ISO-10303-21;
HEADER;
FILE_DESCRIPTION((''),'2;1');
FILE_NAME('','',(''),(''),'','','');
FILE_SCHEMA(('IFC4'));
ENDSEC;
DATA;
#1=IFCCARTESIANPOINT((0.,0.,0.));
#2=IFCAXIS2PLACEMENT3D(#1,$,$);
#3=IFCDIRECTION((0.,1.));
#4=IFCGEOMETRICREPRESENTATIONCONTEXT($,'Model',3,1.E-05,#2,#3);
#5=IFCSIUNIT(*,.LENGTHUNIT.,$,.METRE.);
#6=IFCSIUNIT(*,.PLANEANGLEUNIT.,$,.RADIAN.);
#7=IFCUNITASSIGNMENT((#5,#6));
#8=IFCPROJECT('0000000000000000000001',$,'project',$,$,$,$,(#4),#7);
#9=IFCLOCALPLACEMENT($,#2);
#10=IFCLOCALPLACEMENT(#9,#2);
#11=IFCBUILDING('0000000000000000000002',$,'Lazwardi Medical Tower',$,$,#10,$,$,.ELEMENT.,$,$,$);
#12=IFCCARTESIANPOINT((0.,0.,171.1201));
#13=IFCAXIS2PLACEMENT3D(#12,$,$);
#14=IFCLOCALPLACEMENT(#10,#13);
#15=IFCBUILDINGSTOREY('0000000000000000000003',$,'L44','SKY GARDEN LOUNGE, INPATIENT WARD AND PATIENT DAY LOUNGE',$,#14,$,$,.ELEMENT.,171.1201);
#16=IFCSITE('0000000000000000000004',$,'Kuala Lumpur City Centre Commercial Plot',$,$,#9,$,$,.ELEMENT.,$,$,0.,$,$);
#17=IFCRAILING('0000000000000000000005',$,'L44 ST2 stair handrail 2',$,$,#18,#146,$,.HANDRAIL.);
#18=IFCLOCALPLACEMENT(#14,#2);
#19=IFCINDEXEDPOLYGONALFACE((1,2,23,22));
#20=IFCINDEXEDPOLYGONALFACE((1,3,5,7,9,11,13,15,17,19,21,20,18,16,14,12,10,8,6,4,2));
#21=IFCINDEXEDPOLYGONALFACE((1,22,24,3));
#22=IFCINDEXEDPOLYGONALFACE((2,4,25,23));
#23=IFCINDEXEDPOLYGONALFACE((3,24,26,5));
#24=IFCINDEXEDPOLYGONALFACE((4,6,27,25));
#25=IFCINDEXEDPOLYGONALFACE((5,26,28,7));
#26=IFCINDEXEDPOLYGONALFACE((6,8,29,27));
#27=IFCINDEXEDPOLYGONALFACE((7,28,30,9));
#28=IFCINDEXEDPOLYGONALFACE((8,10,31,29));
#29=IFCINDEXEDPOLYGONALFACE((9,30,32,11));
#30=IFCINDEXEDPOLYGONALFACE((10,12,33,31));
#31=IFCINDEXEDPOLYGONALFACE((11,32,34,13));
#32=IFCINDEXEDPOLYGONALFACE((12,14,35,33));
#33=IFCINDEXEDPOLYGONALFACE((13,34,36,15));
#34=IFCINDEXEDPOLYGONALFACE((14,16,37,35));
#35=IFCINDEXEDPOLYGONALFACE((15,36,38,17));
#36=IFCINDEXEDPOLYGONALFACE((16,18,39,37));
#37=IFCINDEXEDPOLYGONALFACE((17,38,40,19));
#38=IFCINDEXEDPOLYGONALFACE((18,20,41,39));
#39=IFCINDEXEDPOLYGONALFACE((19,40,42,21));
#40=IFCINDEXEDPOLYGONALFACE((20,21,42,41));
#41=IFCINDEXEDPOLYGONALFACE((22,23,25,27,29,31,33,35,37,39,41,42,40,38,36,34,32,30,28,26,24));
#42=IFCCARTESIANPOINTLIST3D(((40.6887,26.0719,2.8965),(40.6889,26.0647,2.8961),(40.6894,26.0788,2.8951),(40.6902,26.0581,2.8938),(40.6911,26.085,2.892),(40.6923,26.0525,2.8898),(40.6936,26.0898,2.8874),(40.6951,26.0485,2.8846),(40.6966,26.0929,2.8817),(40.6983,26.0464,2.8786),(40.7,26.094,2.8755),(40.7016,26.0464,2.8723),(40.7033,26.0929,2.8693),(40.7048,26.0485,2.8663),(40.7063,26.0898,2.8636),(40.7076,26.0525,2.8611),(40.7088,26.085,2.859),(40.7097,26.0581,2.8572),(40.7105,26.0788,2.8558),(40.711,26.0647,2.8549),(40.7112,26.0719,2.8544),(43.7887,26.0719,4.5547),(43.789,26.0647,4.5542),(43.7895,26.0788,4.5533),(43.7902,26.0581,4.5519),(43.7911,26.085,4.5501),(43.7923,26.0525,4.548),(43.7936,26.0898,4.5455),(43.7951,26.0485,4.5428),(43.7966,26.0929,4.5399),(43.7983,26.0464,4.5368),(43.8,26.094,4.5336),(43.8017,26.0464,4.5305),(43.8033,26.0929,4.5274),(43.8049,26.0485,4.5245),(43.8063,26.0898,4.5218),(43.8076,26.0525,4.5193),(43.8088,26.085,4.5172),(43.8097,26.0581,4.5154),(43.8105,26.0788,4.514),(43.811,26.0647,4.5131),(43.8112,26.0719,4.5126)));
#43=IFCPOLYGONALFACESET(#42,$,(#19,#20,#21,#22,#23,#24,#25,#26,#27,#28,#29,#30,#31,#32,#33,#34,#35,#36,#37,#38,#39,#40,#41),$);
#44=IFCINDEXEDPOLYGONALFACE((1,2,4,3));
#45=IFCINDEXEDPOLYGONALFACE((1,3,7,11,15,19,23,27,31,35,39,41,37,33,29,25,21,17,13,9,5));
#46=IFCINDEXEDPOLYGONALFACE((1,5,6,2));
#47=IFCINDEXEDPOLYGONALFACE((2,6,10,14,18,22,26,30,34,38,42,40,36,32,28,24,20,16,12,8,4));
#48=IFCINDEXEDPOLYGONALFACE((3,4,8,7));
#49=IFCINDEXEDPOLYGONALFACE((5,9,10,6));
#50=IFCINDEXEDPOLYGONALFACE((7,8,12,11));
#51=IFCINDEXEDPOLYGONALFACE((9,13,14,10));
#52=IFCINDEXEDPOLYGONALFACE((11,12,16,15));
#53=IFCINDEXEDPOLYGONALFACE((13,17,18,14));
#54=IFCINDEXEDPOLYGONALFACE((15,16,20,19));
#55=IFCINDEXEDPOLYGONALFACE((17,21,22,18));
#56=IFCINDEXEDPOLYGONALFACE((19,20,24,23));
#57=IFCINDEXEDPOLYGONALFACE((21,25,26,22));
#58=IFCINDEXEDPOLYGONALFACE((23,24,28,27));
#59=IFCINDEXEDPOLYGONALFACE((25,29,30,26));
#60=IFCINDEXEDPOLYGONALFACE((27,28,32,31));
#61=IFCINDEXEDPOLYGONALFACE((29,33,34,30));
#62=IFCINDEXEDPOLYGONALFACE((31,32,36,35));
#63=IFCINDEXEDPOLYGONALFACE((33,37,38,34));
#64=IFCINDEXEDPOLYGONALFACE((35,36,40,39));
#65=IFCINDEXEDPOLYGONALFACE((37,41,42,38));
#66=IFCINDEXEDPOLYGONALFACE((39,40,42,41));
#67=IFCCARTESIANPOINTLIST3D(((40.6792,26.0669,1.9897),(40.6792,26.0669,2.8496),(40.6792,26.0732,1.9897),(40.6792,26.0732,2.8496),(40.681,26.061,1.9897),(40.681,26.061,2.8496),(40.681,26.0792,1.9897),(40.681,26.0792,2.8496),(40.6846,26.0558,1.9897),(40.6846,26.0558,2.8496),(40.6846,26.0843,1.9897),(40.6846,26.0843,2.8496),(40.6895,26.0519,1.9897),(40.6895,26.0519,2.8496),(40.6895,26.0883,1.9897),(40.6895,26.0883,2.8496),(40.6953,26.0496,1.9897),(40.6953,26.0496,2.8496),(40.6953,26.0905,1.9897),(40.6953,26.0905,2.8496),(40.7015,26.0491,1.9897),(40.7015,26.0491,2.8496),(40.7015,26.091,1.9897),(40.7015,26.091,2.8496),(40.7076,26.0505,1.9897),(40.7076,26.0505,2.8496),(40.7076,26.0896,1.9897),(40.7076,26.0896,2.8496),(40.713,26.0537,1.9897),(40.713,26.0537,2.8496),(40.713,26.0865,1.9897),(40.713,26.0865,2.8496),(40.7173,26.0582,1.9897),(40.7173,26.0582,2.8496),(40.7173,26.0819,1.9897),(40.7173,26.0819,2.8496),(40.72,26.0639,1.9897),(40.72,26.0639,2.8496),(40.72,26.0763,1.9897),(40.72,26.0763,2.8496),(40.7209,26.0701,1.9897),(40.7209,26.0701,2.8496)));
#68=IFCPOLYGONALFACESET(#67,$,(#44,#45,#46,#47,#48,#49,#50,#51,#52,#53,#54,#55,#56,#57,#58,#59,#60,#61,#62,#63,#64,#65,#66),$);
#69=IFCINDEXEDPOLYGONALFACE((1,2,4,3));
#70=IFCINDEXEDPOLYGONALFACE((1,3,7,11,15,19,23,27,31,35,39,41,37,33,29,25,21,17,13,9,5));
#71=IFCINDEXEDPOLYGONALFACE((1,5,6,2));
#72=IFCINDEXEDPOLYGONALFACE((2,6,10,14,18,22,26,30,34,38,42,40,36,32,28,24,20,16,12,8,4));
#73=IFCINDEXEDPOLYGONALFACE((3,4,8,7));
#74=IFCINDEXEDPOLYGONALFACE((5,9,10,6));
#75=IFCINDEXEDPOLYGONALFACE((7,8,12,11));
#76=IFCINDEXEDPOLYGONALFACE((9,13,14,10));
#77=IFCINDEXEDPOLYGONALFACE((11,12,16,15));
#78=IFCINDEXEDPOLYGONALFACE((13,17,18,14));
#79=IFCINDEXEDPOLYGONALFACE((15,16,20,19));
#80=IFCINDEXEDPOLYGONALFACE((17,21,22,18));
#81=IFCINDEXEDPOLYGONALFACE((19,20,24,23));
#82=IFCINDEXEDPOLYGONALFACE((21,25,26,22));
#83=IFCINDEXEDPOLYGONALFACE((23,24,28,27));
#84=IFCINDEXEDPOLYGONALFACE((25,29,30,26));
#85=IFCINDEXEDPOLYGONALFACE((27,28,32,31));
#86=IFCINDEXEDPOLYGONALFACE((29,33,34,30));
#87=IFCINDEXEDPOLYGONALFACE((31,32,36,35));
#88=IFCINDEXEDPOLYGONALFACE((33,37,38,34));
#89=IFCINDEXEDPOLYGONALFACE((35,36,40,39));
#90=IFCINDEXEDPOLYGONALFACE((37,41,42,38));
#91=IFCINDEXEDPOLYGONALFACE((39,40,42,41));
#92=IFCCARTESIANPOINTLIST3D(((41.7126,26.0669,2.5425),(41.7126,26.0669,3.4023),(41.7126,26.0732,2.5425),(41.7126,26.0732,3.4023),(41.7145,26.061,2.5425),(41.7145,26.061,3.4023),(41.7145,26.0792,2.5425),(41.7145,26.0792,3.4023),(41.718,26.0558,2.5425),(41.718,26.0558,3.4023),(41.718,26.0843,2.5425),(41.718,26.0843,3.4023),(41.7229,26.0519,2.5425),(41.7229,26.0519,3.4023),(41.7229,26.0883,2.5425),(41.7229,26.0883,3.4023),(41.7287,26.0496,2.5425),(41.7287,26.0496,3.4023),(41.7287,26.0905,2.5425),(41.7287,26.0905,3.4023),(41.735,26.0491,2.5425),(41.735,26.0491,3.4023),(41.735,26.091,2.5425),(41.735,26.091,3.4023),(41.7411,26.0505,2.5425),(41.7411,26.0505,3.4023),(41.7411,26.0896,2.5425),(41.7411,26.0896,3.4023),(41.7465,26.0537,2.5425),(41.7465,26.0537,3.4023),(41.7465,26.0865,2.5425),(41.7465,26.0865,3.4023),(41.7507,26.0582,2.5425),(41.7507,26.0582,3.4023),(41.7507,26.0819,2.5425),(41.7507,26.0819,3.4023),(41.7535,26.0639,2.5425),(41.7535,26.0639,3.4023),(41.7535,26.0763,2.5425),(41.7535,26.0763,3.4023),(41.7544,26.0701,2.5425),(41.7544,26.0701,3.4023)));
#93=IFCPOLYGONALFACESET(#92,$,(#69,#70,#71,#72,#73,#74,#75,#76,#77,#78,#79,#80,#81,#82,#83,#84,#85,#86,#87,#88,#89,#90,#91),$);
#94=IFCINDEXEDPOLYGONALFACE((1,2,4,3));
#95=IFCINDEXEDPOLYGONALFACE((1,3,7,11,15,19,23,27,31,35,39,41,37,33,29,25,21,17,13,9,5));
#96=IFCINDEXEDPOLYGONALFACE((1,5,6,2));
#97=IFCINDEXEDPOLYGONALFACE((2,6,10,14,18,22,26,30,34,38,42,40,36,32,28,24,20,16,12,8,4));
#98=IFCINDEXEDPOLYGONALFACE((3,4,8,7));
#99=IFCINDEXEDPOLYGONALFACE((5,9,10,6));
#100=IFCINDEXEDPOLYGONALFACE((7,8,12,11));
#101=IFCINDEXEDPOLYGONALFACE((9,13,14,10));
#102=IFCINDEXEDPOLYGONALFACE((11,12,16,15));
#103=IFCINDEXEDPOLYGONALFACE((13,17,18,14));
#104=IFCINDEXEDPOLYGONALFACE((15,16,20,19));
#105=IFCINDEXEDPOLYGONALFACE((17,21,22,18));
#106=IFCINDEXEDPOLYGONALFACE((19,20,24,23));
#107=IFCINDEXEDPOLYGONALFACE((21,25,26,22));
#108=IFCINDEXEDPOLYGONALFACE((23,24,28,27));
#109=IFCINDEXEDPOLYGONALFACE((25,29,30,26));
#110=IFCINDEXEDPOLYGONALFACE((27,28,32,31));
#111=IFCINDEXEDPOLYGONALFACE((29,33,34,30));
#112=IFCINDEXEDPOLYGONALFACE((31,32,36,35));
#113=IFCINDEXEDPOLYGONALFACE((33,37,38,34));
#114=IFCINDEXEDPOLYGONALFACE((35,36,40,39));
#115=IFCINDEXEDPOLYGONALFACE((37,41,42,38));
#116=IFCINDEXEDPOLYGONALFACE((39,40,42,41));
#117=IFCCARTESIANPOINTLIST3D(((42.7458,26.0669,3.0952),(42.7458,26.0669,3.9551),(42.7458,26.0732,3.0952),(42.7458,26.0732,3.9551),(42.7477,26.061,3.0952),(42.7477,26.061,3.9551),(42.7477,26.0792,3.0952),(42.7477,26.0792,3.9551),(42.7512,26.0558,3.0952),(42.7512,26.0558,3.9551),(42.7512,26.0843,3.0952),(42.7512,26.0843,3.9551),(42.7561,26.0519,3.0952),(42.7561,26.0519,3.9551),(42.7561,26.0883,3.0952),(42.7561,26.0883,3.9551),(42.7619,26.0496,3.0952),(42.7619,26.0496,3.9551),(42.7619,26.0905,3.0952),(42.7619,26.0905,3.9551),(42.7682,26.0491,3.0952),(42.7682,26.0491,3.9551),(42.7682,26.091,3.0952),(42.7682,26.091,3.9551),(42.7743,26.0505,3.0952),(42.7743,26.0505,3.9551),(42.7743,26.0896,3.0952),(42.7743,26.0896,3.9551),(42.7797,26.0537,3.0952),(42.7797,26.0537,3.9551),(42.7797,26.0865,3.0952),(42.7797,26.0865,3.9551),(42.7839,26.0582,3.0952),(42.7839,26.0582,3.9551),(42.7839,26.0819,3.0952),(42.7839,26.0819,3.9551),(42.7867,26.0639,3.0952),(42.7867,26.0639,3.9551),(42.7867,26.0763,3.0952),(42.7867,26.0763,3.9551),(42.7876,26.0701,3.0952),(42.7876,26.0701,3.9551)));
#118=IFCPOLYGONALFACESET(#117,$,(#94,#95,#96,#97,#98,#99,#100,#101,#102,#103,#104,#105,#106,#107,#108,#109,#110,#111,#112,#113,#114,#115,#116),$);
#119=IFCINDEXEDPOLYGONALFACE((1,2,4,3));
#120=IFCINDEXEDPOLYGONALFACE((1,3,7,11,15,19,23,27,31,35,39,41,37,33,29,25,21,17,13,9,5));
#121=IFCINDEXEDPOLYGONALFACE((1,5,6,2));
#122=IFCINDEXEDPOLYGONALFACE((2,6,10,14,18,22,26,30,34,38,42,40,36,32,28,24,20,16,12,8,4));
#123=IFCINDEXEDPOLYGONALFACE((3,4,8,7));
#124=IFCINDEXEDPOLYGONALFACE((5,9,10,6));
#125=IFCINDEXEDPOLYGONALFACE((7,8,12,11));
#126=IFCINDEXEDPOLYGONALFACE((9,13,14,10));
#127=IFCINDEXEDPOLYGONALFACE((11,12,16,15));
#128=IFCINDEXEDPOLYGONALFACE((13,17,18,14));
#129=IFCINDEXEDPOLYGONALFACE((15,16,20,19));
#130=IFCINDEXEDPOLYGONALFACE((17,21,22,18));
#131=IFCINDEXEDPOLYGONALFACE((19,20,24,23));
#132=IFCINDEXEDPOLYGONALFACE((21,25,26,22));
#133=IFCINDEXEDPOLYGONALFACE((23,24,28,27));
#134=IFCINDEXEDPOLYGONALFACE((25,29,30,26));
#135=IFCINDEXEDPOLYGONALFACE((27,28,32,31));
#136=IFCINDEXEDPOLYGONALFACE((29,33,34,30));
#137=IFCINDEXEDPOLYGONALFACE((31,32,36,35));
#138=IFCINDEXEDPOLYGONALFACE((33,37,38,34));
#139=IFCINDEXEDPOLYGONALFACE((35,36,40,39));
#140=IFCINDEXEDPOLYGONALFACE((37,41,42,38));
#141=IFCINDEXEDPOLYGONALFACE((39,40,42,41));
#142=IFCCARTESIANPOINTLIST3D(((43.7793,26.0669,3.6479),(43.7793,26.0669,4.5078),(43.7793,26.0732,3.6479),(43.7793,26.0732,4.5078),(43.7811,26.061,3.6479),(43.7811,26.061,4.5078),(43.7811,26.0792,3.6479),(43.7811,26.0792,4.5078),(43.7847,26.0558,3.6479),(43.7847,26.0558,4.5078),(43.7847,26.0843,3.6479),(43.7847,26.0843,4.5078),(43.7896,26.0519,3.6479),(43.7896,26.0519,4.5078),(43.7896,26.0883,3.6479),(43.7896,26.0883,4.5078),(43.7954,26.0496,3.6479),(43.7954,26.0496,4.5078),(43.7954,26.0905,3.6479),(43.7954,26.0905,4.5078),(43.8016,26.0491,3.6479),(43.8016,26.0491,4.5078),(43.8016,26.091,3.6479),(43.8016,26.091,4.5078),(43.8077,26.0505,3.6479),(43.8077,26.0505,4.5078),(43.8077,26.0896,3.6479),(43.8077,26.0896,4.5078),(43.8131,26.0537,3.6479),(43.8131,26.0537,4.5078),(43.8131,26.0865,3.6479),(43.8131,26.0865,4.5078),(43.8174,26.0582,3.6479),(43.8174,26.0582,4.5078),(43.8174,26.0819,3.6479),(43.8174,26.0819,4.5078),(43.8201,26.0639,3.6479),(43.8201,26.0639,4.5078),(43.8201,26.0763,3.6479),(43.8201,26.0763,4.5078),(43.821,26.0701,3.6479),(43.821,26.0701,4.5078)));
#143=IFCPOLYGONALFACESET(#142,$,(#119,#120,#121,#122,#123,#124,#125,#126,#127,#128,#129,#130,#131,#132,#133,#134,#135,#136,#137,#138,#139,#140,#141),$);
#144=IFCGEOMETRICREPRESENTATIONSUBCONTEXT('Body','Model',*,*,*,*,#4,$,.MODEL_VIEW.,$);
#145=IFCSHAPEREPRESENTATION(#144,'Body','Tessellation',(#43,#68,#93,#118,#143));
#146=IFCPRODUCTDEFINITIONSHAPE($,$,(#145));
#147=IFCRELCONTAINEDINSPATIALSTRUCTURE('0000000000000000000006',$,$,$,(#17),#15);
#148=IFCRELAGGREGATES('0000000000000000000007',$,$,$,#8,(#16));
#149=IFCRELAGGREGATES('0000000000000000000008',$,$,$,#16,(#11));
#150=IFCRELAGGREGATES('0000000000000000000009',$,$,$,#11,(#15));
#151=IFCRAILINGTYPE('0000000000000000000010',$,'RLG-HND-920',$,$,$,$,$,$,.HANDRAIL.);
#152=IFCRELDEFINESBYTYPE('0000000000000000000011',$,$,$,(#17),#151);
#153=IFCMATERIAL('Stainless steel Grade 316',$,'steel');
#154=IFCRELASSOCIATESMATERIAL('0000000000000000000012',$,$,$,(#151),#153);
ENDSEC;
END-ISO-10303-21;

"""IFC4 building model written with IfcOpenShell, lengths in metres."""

from ifc_helpers import new_model, si_unit, direction, frame, origin, origin_2d, place, context, subcontext, project, spatial, circle, extrude, material, type_object, element, save


model = new_model("IFC4")

# Units and contexts
model_context = context("Model", 3, precision=1e-05, world=origin(), true_north=direction((0.0, 1.0)))
body_context = subcontext(model_context, "Body", "Model", "MODEL_VIEW")
ifc_project = project(units=[si_unit("LENGTHUNIT", "METRE"), si_unit("PLANEANGLEUNIT", "RADIAN")], contexts=[model_context])

# Site, building, storey
site_placement = place(None, origin())
site = spatial("IfcSite", under=ifc_project, at=site_placement, Name="Kuala Lumpur City Centre Commercial Plot", CompositionType="ELEMENT", RefElevation=0.0)
building_placement = place(site_placement, origin())
building = spatial("IfcBuilding", under=site, at=building_placement, Name="Lazwardi Medical Tower", CompositionType="ELEMENT")
storey_placement = place(building_placement, frame((0.0, 0.0, 171.1201)))
storey = spatial("IfcBuildingStorey", under=building, at=storey_placement, Name="L44", Description="SKY GARDEN LOUNGE, INPATIENT WARD AND PATIENT DAY LOUNGE", CompositionType="ELEMENT", Elevation=171.1201)

# Railing
ifc_material_1 = material(Name="Stainless steel Grade 316", Category="steel")
railing_type_1 = type_object("IfcRailingType", Name="RLG-HND-920", PredefinedType="HANDRAIL", material=ifc_material_1)
railing_1_placement = place(storey_placement, frame((40.7, 26.0701, 1.9897)))
element("IfcRailing", 1, at=railing_1_placement, inside=storey, type_object=railing_type_1, Name="L44 ST2 stair handrail 2", PredefinedType="HANDRAIL", context=body_context, shape_type="SweptSolid", body=[
    extrude(circle(Radius=0.0239, at=origin_2d()), frame((0.0, 0.0, 0.8857), z_axis=(0.881783, 0.0, 0.471655), x_axis=(0.0, 1.0, 0.0)), (0.0, 0.0, 1.0), 3.5156),
    extrude(circle(Radius=0.021, at=origin_2d()), origin(), (0.0, 0.0, 1.0), 0.8599),
    extrude(circle(Radius=0.021, at=origin_2d()), frame((1.0334, 0.0, 0.5527)), (0.0, 0.0, 1.0), 0.8599),
    extrude(circle(Radius=0.021, at=origin_2d()), frame((2.0667, 0.0, 1.1055)), (0.0, 0.0, 1.0), 0.8599),
    extrude(circle(Radius=0.021, at=origin_2d()), frame((3.1001, 0.0, 1.6582)), (0.0, 0.0, 1.0), 0.8599),
])

save(model, "model.ifc")
